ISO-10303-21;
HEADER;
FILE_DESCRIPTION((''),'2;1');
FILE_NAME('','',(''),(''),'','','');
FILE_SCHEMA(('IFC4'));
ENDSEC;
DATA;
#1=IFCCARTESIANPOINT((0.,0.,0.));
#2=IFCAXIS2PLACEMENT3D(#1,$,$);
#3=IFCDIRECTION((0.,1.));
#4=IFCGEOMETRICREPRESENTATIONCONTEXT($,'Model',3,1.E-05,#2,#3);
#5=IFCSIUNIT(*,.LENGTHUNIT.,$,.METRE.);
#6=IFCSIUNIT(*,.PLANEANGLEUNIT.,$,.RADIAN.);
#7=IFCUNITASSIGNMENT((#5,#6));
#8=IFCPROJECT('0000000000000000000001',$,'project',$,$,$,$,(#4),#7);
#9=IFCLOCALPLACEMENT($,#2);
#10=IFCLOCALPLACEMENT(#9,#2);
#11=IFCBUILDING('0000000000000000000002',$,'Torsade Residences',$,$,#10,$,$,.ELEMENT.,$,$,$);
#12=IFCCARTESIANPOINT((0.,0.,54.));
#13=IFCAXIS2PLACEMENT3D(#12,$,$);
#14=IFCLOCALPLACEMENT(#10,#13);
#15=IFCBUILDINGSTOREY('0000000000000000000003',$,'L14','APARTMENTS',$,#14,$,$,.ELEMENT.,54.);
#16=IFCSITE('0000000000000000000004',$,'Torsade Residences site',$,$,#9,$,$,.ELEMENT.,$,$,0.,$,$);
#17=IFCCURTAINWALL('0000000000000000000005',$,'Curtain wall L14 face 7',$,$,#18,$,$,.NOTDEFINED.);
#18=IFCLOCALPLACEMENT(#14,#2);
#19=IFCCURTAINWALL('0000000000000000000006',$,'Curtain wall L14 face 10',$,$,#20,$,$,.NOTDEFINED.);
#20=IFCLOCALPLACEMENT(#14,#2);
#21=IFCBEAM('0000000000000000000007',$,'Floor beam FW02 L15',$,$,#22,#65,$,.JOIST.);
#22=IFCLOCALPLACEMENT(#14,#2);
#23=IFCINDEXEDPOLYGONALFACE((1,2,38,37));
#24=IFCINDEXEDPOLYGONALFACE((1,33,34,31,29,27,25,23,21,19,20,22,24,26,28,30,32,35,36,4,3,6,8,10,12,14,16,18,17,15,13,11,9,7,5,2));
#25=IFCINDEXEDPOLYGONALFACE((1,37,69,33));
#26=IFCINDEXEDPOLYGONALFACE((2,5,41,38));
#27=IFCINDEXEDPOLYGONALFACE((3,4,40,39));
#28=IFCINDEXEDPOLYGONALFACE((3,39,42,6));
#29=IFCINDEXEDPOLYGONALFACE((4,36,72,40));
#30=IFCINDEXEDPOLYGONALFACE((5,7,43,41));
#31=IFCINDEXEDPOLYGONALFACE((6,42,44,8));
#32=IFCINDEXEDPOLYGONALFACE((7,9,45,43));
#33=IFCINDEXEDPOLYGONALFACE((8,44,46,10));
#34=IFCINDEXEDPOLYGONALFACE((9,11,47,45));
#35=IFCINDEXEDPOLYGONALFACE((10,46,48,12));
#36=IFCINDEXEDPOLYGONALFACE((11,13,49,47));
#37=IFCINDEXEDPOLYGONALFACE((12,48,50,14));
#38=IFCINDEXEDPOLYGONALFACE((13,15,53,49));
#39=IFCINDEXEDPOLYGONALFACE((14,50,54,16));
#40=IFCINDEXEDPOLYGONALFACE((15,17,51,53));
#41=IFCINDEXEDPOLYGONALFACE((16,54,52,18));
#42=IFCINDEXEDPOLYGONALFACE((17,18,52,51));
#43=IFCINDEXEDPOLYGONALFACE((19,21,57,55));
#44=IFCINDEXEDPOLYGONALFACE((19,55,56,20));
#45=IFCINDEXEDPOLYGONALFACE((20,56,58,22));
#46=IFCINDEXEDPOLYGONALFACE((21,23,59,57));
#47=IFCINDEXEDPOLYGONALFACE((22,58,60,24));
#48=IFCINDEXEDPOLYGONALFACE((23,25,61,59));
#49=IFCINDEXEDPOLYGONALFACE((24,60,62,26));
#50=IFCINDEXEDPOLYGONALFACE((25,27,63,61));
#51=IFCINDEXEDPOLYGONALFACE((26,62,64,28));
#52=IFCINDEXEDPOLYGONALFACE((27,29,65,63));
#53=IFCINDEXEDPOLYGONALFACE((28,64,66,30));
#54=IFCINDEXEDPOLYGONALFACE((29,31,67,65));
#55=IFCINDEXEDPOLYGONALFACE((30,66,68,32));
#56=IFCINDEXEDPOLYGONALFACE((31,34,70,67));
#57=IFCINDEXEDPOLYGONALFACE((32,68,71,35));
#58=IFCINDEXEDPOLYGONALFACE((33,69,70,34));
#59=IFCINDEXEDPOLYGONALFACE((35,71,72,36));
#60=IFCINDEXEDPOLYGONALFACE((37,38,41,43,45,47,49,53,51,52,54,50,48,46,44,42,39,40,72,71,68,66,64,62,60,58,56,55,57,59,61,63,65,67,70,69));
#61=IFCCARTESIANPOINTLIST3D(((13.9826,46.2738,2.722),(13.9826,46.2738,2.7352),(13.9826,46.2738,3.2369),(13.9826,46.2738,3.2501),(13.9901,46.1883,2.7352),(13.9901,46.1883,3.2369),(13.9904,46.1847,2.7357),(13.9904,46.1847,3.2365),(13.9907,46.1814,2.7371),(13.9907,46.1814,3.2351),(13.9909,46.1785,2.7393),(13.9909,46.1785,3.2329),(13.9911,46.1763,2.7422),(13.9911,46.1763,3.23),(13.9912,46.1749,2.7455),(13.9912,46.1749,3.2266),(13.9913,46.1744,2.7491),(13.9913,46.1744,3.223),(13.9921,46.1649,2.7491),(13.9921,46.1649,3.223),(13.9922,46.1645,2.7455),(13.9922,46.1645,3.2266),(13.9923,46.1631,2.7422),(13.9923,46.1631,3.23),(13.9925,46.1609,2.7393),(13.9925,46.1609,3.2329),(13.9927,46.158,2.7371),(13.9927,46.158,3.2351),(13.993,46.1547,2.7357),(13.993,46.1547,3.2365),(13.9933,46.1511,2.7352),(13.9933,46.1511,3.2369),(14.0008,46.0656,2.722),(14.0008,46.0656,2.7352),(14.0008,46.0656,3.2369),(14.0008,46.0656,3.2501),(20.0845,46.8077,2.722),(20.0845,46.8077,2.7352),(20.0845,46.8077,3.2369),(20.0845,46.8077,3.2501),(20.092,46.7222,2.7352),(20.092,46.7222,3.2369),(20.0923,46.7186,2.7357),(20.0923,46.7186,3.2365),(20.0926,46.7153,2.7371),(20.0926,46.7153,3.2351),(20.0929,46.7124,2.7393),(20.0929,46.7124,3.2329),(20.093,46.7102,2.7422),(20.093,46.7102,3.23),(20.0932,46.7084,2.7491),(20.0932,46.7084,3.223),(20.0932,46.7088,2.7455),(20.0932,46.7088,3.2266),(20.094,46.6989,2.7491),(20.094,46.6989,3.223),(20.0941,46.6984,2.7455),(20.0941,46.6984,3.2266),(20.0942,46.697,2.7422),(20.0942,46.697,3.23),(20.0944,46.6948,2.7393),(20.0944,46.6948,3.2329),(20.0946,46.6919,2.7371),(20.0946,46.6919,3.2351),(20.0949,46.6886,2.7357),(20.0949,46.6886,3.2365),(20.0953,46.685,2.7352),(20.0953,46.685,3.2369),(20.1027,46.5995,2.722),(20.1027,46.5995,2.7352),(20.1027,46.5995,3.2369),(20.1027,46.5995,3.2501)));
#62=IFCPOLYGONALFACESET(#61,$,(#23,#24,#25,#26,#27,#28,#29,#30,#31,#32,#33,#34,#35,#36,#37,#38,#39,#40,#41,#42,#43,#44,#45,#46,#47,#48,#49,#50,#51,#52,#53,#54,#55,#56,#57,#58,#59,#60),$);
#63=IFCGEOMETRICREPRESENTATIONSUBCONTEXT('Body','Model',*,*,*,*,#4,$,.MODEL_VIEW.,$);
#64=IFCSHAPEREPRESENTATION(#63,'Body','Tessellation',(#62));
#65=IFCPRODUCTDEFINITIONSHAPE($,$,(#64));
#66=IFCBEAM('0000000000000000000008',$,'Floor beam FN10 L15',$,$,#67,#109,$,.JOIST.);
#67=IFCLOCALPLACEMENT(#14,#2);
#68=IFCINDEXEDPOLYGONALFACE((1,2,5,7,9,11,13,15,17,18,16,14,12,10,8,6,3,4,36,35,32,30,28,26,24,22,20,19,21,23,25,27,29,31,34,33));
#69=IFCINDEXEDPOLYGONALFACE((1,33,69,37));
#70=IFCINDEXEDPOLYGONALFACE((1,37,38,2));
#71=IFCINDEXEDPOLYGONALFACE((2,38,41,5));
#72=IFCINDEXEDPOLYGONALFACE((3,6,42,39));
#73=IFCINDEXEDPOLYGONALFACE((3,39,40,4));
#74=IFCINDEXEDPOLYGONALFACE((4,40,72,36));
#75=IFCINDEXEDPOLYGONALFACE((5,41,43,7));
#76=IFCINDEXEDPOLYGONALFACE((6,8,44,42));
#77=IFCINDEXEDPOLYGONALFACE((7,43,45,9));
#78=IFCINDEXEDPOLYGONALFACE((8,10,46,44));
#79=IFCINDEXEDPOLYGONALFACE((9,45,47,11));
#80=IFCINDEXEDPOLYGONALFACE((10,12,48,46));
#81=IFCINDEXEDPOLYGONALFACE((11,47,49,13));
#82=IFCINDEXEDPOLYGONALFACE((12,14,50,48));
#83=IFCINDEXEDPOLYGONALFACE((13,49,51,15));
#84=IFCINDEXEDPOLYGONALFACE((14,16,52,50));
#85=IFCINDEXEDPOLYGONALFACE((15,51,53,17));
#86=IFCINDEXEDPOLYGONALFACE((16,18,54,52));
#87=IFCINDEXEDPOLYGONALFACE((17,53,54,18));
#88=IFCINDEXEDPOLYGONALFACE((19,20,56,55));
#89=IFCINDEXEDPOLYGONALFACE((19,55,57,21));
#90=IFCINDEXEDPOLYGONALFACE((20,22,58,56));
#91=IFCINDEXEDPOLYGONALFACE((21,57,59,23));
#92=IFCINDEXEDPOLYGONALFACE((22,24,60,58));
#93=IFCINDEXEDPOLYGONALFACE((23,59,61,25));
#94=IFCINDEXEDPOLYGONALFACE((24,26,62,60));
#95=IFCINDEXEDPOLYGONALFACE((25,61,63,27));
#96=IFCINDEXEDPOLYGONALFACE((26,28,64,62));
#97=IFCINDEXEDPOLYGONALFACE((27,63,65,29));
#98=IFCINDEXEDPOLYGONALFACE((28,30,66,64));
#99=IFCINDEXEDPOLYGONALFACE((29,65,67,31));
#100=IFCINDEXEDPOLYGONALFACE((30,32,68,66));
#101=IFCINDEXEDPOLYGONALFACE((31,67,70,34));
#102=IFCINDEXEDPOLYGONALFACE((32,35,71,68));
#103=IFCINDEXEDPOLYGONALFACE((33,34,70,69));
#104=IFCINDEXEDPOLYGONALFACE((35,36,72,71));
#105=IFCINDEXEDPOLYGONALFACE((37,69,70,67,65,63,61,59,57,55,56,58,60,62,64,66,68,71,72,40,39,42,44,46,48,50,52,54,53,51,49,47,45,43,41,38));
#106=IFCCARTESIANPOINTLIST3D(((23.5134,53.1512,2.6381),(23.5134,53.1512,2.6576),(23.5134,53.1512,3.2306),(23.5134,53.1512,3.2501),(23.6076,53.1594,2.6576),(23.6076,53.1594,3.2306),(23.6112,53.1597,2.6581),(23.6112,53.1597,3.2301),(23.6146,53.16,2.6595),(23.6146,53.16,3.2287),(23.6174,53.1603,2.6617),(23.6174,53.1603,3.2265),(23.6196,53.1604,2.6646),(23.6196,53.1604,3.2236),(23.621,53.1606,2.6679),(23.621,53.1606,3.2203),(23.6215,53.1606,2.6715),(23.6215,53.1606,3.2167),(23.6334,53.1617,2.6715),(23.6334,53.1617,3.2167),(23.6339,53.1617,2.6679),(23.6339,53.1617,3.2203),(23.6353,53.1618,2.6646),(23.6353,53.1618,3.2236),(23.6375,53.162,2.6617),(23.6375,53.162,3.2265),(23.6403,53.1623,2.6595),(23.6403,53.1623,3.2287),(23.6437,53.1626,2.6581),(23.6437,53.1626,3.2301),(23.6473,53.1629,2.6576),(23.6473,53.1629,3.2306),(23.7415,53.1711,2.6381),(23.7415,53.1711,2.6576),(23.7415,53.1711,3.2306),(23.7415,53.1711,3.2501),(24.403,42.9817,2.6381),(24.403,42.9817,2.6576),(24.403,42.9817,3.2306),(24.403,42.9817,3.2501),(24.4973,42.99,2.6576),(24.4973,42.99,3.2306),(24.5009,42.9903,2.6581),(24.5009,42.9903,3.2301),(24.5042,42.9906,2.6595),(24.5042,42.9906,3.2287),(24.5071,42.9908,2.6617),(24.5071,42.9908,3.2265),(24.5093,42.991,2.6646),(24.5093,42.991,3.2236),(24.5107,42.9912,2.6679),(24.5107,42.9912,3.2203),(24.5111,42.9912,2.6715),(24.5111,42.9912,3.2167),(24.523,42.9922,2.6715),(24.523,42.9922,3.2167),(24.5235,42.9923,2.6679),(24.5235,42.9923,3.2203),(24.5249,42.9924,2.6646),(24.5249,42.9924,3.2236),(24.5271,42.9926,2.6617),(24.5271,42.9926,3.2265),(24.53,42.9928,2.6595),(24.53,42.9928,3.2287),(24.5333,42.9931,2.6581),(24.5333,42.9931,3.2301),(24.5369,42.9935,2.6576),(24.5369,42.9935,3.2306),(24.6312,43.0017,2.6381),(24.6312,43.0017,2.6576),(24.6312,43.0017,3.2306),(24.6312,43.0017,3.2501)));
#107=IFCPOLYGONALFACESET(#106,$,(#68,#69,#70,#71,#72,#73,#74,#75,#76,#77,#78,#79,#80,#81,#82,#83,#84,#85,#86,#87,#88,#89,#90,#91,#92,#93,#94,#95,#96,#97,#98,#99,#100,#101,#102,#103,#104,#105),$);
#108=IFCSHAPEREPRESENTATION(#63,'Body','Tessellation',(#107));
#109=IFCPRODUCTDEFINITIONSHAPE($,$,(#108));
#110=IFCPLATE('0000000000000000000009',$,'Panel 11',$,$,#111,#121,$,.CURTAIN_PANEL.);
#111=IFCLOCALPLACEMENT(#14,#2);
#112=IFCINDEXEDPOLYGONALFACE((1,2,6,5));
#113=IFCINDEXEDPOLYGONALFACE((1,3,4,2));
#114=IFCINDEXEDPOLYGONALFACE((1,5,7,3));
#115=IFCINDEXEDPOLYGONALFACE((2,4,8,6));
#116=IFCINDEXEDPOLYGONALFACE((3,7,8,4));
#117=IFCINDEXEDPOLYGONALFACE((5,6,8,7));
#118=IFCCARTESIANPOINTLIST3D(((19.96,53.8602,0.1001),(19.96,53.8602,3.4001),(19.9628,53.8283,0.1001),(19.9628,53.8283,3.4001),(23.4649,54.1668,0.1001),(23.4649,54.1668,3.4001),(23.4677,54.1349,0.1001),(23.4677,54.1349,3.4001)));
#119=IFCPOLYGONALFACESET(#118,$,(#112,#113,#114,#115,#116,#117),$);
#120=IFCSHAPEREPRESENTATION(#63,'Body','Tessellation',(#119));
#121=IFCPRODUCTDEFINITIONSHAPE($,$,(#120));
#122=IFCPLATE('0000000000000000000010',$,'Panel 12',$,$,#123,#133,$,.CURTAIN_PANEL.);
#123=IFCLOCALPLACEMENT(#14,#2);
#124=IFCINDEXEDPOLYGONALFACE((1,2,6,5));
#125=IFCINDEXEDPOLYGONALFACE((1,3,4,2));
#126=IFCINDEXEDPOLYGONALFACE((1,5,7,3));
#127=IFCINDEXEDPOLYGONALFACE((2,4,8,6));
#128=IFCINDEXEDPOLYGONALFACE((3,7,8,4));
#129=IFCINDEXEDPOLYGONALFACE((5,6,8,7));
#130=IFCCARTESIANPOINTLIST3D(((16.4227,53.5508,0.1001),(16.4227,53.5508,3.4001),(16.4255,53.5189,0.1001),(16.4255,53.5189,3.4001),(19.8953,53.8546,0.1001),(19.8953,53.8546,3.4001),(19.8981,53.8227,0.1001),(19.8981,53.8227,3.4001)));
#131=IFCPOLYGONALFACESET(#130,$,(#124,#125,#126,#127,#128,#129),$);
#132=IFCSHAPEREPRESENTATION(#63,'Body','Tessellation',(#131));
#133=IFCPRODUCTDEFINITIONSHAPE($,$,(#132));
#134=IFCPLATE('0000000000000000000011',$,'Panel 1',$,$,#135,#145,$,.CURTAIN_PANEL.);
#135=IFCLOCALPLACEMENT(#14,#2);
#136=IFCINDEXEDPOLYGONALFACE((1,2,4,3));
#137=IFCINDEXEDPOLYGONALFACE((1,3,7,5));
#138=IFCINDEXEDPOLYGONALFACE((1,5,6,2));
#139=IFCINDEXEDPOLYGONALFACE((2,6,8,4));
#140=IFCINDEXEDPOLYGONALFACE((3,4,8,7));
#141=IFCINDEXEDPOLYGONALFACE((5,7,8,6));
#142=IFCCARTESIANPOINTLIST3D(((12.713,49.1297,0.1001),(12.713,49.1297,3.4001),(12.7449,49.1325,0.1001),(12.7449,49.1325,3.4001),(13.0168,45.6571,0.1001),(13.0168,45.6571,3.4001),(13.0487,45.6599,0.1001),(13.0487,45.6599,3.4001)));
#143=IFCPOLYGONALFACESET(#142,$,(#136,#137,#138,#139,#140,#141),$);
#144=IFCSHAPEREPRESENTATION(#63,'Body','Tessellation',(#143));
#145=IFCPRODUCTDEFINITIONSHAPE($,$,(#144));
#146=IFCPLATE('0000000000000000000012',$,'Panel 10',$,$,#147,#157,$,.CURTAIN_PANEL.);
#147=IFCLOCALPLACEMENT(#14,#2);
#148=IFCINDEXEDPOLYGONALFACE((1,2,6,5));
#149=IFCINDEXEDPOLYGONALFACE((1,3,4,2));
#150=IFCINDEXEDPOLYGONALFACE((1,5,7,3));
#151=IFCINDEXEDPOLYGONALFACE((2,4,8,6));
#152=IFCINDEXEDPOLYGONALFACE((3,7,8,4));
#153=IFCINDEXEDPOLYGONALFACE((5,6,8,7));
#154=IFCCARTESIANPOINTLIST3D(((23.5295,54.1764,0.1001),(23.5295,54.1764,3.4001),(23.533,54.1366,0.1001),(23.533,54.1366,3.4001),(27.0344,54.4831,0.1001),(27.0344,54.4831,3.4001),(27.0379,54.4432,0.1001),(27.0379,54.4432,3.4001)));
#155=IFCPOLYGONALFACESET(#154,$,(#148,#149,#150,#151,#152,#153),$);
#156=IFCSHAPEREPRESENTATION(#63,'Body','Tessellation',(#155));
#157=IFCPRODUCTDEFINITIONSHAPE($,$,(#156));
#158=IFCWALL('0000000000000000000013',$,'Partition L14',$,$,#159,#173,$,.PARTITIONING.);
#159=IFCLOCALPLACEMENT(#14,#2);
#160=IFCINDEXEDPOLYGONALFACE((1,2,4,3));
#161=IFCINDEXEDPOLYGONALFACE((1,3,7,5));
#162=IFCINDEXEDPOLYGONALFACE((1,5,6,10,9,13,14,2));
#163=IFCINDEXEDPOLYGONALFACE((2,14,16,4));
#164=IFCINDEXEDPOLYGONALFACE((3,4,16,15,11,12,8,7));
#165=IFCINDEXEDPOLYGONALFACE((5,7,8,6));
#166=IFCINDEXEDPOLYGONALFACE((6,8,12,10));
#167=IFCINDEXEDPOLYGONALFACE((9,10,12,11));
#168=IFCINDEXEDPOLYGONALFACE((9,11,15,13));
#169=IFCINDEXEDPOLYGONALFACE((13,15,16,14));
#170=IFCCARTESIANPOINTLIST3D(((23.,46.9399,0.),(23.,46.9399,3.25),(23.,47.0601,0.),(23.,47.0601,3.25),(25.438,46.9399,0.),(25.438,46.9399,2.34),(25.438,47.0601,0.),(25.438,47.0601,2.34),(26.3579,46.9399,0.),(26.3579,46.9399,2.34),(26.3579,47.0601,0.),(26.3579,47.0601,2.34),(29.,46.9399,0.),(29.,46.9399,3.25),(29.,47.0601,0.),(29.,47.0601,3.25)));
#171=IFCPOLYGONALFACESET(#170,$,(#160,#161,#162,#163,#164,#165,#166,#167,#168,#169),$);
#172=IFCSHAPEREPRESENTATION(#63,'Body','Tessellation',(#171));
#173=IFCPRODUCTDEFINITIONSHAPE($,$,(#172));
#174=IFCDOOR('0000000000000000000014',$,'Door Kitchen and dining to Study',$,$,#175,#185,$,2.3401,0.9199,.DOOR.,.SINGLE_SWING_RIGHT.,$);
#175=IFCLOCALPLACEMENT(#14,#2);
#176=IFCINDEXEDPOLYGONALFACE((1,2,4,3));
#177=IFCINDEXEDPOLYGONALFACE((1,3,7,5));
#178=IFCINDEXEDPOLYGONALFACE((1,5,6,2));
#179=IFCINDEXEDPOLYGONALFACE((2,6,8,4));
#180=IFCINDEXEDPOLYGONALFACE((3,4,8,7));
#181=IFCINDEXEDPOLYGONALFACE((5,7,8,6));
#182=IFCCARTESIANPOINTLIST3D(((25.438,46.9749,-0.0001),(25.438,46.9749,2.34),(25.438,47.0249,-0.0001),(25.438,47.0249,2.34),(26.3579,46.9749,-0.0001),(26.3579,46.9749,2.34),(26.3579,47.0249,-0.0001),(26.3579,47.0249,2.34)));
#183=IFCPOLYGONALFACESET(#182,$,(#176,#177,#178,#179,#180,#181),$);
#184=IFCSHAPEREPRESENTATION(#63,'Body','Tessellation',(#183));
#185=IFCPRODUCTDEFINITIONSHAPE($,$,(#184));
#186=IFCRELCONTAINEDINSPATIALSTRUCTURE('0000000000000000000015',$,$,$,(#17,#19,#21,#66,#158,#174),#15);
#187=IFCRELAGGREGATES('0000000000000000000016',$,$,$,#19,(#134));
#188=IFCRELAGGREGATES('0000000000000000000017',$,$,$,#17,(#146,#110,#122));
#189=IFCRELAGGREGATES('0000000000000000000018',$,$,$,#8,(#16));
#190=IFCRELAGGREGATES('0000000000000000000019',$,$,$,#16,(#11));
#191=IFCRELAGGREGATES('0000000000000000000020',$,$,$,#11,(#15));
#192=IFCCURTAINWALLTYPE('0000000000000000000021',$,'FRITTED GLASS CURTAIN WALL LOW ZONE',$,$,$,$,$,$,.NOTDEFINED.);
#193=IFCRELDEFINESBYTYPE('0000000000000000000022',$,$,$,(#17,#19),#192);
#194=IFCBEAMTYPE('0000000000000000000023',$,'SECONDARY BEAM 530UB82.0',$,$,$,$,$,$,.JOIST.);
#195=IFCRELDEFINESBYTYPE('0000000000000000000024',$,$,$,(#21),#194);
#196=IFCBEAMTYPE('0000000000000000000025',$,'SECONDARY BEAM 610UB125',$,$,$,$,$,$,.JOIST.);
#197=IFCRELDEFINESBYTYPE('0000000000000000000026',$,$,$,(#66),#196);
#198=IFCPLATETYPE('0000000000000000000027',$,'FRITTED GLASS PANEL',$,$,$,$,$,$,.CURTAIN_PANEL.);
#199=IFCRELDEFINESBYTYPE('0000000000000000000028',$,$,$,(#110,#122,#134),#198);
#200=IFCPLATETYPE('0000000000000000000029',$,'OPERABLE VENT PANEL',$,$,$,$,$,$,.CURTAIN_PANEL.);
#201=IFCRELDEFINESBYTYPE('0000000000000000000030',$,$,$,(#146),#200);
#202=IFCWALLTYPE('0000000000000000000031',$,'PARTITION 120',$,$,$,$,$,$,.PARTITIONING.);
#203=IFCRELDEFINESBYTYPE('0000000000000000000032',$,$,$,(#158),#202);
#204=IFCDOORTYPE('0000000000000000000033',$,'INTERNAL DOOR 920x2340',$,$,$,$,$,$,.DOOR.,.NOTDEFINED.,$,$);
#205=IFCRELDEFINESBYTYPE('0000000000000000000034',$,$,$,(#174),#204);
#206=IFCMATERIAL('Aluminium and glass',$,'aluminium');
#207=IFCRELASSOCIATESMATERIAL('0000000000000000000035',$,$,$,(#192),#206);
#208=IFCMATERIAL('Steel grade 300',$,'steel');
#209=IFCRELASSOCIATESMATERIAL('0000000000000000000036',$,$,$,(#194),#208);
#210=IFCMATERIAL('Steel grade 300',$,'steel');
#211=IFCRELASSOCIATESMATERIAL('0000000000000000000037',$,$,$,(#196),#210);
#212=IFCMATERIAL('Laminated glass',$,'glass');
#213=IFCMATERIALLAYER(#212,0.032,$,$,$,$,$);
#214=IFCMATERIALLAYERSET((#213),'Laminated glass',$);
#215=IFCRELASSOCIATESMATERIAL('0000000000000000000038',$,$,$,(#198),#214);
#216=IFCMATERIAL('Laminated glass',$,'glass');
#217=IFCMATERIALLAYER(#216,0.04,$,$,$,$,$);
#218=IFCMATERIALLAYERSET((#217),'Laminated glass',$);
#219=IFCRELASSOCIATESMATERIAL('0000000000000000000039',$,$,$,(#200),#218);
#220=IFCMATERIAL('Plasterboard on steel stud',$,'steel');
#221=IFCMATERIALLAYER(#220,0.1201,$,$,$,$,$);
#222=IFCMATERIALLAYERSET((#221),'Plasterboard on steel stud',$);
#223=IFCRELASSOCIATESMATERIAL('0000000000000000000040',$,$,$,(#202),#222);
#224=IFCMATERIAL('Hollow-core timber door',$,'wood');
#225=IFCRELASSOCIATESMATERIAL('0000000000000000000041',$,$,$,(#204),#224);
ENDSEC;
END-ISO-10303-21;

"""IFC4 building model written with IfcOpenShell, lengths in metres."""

from ifc_helpers import new_model, si_unit, direction, frame, frame_2d, origin, origin_2d, place, context, subcontext, project, spatial, rectangle, i_section, extrude, material, layer, layer_set, material_profile, profile_set, type_object, element, fill, aggregate, save


model = new_model("IFC4")

# Units and contexts
model_context = context("Model", 3, precision=1e-05, world=origin(), true_north=direction((0.0, 1.0)))
body_context = subcontext(model_context, "Body", "Model", "MODEL_VIEW")
ifc_project = project(units=[si_unit("LENGTHUNIT", "METRE"), si_unit("PLANEANGLEUNIT", "RADIAN")], contexts=[model_context])

# Site, building, storey
site_placement = place(None, origin())
site = spatial("IfcSite", under=ifc_project, at=site_placement, Name="Torsade Residences site", CompositionType="ELEMENT", RefElevation=0.0)
building_placement = place(site_placement, origin())
building = spatial("IfcBuilding", under=site, at=building_placement, Name="Torsade Residences", CompositionType="ELEMENT")
storey_placement = place(building_placement, frame((0.0, 0.0, 54.0)))
storey = spatial("IfcBuildingStorey", under=building, at=storey_placement, Name="L14", Description="APARTMENTS", CompositionType="ELEMENT", Elevation=54.0)

# Curtain wall
ifc_material_1 = material(Name="Aluminium and glass", Category="aluminium")
curtain_wall_type = type_object("IfcCurtainWallType", Name="FRITTED GLASS CURTAIN WALL LOW ZONE", PredefinedType="NOTDEFINED", material=ifc_material_1)
curtain_wall_1_placement = place(storey_placement, origin())
curtain_wall_1 = element("IfcCurtainWall", 1, at=curtain_wall_1_placement, inside=storey, type_object=curtain_wall_type, Name="Curtain wall L14 face 7", PredefinedType="NOTDEFINED")

# Curtain wall
curtain_wall_2_placement = place(storey_placement, origin())
curtain_wall_2 = element("IfcCurtainWall", 2, at=curtain_wall_2_placement, inside=storey, type_object=curtain_wall_type, Name="Curtain wall L14 face 10", PredefinedType="NOTDEFINED")

# Beams
ifc_material_2 = material(Name="Steel grade 300", Category="steel")
ifc_material_profile_1 = material_profile(ifc_material_2, i_section(OverallWidth=0.209, OverallDepth=0.5281, WebThickness=0.0095, FlangeThickness=0.0132, FilletRadius=0.0139, at=origin_2d()), Name="530UB82.0")
ifc_profile_set_1 = profile_set([ifc_material_profile_1], Name="Steel grade 300")
beam_type_1 = type_object("IfcBeamType", Name="SECONDARY BEAM 530UB82.0", PredefinedType="JOIST", material=ifc_profile_set_1)
beam_1_placement = place(storey_placement, frame((13.9917, 46.1697, 2.9861), z_axis=(0.996193, 0.087171, 0.0), x_axis=(-0.087171, 0.996193, 0.0)))
element("IfcBeam", 3, at=beam_1_placement, inside=storey, type_object=beam_type_1, Name="Floor beam FW02 L15", PredefinedType="JOIST", context=body_context, shape_type="SweptSolid", body=[
    extrude(i_section(OverallWidth=0.209, OverallDepth=0.5281, WebThickness=0.0095, FlangeThickness=0.0132, FilletRadius=0.0139, at=origin_2d()), origin(), (0.0, 0.0, 1.0), 6.1252),
])
ifc_material_3 = material(Name="Steel grade 300", Category="steel")
ifc_material_profile_2 = material_profile(ifc_material_3, i_section(OverallWidth=0.229, OverallDepth=0.6121, WebThickness=0.012, FlangeThickness=0.0195, FilletRadius=0.0139, at=origin_2d()), Name="610UB125")
ifc_profile_set_2 = profile_set([ifc_material_profile_2], Name="Steel grade 300")
beam_type_2 = type_object("IfcBeamType", Name="SECONDARY BEAM 610UB125", PredefinedType="JOIST", material=ifc_profile_set_2)
beam_2_placement = place(storey_placement, frame((23.6274, 53.1611, 2.9441), z_axis=(0.08715, -0.996195, 0.0), x_axis=(0.996195, 0.08715, 0.0)))
element("IfcBeam", 4, at=beam_2_placement, inside=storey, type_object=beam_type_2, Name="Floor beam FN10 L15", PredefinedType="JOIST", context=body_context, shape_type="SweptSolid", body=[
    extrude(i_section(OverallWidth=0.229, OverallDepth=0.6121, WebThickness=0.012, FlangeThickness=0.0195, FilletRadius=0.0139, at=origin_2d()), origin(), (0.0, 0.0, 1.0), 10.2083),
])

# Plates
ifc_material_4 = material(Name="Laminated glass", Category="glass")
ifc_layer_1 = layer(ifc_material_4, 0.032)
ifc_layer_set_1 = layer_set([ifc_layer_1], Name="Laminated glass")
plate_type_1 = type_object("IfcPlateType", Name="FRITTED GLASS PANEL", PredefinedType="CURTAIN_PANEL", material=ifc_layer_set_1)
plate_1_placement = place(storey_placement, frame((21.7139, 53.9976, 0.1001), z_axis=(0.0, 0.0, 1.0), x_axis=(-0.996195, -0.087156, 0.0)))
plate_1 = element("IfcPlate", 5, at=plate_1_placement, type_object=plate_type_1, Name="Panel 11", PredefinedType="CURTAIN_PANEL", context=body_context, shape_type="SweptSolid", body=[
    extrude(rectangle(XDim=3.5183, YDim=0.032, at=origin_2d()), origin(), (0.0, 0.0, 1.0), 3.3),
])
plate_2_placement = place(storey_placement, frame((18.1604, 53.6868, 0.1001), z_axis=(0.0, 0.0, 1.0), x_axis=(-0.996195, -0.087156, 0.0)))
plate_2 = element("IfcPlate", 6, at=plate_2_placement, type_object=plate_type_1, Name="Panel 12", PredefinedType="CURTAIN_PANEL", context=body_context, shape_type="SweptSolid", body=[
    extrude(rectangle(XDim=3.4858, YDim=0.032, at=origin_2d()), origin(), (0.0, 0.0, 1.0), 3.3),
])
plate_3_placement = place(storey_placement, frame((12.8809, 47.3948, 0.1001), z_axis=(0.0, 0.0, 1.0), x_axis=(0.087156, -0.996195, 0.0)))
plate_3 = element("IfcPlate", 7, at=plate_3_placement, type_object=plate_type_1, Name="Panel 1", PredefinedType="CURTAIN_PANEL", context=body_context, shape_type="SweptSolid", body=[
    extrude(rectangle(XDim=3.4858, YDim=0.032, at=origin_2d()), origin(), (0.0, 0.0, 1.0), 3.3),
])
aggregate(curtain_wall_2, [plate_3])
ifc_material_5 = material(Name="Laminated glass", Category="glass")
ifc_layer_2 = layer(ifc_material_5, 0.04)
ifc_layer_set_2 = layer_set([ifc_layer_2], Name="Laminated glass")
plate_type_2 = type_object("IfcPlateType", Name="OPERABLE VENT PANEL", PredefinedType="CURTAIN_PANEL", material=ifc_layer_set_2)
plate_4_placement = place(storey_placement, frame((25.2837, 54.3098, 0.1001), z_axis=(0.0, 0.0, 1.0), x_axis=(-0.996195, -0.087156, 0.0)))
plate_4 = element("IfcPlate", 8, at=plate_4_placement, type_object=plate_type_2, Name="Panel 10", PredefinedType="CURTAIN_PANEL", context=body_context, shape_type="SweptSolid", body=[
    extrude(rectangle(XDim=3.5183, YDim=0.04, at=origin_2d()), origin(), (0.0, 0.0, 1.0), 3.3),
])
aggregate(curtain_wall_1, [plate_4, plate_1, plate_2])

# Wall, opening, door
ifc_material_6 = material(Name="Plasterboard on steel stud", Category="steel")
ifc_layer_3 = layer(ifc_material_6, 0.1201)
ifc_layer_set_3 = layer_set([ifc_layer_3], Name="Plasterboard on steel stud")
wall_type_1 = type_object("IfcWallType", Name="PARTITION 120", PredefinedType="PARTITIONING", material=ifc_layer_set_3)
wall_1_placement = place(storey_placement, frame((23.0, 47.0, 0.0), z_axis=(0.0, 0.0, 1.0), x_axis=(1.0, 0.0, 0.0)))
wall_1 = element("IfcWall", 9, at=wall_1_placement, inside=storey, type_object=wall_type_1, Name="Partition L14", PredefinedType="PARTITIONING", context=body_context, shape_type="SweptSolid", body=[
    extrude(rectangle(XDim=6.0, YDim=0.1201, at=frame_2d((3.0, 0.0))), origin(), (0.0, 0.0, 1.0), 3.25),
])
opening_1_placement = place(wall_1_placement, frame((2.438, 0.0, 0.0)))
opening_1 = element("IfcOpeningElement", 10, at=opening_1_placement, cuts=wall_1, PredefinedType="OPENING", context=body_context, shape_type="SweptSolid", body=[
    extrude(rectangle(XDim=0.9199, YDim=2.3401, at=frame_2d((0.46, 1.1699))), frame((0.0, 0.0701, 0.0), z_axis=(0.0, -1.0, 0.0), x_axis=(1.0, 0.0, 0.0)), (0.0, 0.0, 1.0), 0.1401),
])
ifc_material_7 = material(Name="Hollow-core timber door", Category="wood")
door_type_1 = type_object("IfcDoorType", Name="INTERNAL DOOR 920x2340", OperationType="NOTDEFINED", PredefinedType="DOOR", material=ifc_material_7)
door_1_placement = place(opening_1_placement, origin())
door_1 = element("IfcDoor", 11, at=door_1_placement, inside=storey, type_object=door_type_1, Name="Door Kitchen and dining to Study", OperationType="SINGLE_SWING_RIGHT", OverallHeight=2.3401, OverallWidth=0.9199, PredefinedType="DOOR", context=body_context, shape_type="SweptSolid", body=[
    extrude(rectangle(XDim=0.9199, YDim=2.3401, at=frame_2d((0.46, 1.1699))), frame((0.0, 0.0249, 0.0), z_axis=(0.0, -1.0, 0.0), x_axis=(1.0, 0.0, 0.0)), (0.0, 0.0, 1.0), 0.05),
])
fill(opening_1, door_1)

save(model, "model.ifc")
